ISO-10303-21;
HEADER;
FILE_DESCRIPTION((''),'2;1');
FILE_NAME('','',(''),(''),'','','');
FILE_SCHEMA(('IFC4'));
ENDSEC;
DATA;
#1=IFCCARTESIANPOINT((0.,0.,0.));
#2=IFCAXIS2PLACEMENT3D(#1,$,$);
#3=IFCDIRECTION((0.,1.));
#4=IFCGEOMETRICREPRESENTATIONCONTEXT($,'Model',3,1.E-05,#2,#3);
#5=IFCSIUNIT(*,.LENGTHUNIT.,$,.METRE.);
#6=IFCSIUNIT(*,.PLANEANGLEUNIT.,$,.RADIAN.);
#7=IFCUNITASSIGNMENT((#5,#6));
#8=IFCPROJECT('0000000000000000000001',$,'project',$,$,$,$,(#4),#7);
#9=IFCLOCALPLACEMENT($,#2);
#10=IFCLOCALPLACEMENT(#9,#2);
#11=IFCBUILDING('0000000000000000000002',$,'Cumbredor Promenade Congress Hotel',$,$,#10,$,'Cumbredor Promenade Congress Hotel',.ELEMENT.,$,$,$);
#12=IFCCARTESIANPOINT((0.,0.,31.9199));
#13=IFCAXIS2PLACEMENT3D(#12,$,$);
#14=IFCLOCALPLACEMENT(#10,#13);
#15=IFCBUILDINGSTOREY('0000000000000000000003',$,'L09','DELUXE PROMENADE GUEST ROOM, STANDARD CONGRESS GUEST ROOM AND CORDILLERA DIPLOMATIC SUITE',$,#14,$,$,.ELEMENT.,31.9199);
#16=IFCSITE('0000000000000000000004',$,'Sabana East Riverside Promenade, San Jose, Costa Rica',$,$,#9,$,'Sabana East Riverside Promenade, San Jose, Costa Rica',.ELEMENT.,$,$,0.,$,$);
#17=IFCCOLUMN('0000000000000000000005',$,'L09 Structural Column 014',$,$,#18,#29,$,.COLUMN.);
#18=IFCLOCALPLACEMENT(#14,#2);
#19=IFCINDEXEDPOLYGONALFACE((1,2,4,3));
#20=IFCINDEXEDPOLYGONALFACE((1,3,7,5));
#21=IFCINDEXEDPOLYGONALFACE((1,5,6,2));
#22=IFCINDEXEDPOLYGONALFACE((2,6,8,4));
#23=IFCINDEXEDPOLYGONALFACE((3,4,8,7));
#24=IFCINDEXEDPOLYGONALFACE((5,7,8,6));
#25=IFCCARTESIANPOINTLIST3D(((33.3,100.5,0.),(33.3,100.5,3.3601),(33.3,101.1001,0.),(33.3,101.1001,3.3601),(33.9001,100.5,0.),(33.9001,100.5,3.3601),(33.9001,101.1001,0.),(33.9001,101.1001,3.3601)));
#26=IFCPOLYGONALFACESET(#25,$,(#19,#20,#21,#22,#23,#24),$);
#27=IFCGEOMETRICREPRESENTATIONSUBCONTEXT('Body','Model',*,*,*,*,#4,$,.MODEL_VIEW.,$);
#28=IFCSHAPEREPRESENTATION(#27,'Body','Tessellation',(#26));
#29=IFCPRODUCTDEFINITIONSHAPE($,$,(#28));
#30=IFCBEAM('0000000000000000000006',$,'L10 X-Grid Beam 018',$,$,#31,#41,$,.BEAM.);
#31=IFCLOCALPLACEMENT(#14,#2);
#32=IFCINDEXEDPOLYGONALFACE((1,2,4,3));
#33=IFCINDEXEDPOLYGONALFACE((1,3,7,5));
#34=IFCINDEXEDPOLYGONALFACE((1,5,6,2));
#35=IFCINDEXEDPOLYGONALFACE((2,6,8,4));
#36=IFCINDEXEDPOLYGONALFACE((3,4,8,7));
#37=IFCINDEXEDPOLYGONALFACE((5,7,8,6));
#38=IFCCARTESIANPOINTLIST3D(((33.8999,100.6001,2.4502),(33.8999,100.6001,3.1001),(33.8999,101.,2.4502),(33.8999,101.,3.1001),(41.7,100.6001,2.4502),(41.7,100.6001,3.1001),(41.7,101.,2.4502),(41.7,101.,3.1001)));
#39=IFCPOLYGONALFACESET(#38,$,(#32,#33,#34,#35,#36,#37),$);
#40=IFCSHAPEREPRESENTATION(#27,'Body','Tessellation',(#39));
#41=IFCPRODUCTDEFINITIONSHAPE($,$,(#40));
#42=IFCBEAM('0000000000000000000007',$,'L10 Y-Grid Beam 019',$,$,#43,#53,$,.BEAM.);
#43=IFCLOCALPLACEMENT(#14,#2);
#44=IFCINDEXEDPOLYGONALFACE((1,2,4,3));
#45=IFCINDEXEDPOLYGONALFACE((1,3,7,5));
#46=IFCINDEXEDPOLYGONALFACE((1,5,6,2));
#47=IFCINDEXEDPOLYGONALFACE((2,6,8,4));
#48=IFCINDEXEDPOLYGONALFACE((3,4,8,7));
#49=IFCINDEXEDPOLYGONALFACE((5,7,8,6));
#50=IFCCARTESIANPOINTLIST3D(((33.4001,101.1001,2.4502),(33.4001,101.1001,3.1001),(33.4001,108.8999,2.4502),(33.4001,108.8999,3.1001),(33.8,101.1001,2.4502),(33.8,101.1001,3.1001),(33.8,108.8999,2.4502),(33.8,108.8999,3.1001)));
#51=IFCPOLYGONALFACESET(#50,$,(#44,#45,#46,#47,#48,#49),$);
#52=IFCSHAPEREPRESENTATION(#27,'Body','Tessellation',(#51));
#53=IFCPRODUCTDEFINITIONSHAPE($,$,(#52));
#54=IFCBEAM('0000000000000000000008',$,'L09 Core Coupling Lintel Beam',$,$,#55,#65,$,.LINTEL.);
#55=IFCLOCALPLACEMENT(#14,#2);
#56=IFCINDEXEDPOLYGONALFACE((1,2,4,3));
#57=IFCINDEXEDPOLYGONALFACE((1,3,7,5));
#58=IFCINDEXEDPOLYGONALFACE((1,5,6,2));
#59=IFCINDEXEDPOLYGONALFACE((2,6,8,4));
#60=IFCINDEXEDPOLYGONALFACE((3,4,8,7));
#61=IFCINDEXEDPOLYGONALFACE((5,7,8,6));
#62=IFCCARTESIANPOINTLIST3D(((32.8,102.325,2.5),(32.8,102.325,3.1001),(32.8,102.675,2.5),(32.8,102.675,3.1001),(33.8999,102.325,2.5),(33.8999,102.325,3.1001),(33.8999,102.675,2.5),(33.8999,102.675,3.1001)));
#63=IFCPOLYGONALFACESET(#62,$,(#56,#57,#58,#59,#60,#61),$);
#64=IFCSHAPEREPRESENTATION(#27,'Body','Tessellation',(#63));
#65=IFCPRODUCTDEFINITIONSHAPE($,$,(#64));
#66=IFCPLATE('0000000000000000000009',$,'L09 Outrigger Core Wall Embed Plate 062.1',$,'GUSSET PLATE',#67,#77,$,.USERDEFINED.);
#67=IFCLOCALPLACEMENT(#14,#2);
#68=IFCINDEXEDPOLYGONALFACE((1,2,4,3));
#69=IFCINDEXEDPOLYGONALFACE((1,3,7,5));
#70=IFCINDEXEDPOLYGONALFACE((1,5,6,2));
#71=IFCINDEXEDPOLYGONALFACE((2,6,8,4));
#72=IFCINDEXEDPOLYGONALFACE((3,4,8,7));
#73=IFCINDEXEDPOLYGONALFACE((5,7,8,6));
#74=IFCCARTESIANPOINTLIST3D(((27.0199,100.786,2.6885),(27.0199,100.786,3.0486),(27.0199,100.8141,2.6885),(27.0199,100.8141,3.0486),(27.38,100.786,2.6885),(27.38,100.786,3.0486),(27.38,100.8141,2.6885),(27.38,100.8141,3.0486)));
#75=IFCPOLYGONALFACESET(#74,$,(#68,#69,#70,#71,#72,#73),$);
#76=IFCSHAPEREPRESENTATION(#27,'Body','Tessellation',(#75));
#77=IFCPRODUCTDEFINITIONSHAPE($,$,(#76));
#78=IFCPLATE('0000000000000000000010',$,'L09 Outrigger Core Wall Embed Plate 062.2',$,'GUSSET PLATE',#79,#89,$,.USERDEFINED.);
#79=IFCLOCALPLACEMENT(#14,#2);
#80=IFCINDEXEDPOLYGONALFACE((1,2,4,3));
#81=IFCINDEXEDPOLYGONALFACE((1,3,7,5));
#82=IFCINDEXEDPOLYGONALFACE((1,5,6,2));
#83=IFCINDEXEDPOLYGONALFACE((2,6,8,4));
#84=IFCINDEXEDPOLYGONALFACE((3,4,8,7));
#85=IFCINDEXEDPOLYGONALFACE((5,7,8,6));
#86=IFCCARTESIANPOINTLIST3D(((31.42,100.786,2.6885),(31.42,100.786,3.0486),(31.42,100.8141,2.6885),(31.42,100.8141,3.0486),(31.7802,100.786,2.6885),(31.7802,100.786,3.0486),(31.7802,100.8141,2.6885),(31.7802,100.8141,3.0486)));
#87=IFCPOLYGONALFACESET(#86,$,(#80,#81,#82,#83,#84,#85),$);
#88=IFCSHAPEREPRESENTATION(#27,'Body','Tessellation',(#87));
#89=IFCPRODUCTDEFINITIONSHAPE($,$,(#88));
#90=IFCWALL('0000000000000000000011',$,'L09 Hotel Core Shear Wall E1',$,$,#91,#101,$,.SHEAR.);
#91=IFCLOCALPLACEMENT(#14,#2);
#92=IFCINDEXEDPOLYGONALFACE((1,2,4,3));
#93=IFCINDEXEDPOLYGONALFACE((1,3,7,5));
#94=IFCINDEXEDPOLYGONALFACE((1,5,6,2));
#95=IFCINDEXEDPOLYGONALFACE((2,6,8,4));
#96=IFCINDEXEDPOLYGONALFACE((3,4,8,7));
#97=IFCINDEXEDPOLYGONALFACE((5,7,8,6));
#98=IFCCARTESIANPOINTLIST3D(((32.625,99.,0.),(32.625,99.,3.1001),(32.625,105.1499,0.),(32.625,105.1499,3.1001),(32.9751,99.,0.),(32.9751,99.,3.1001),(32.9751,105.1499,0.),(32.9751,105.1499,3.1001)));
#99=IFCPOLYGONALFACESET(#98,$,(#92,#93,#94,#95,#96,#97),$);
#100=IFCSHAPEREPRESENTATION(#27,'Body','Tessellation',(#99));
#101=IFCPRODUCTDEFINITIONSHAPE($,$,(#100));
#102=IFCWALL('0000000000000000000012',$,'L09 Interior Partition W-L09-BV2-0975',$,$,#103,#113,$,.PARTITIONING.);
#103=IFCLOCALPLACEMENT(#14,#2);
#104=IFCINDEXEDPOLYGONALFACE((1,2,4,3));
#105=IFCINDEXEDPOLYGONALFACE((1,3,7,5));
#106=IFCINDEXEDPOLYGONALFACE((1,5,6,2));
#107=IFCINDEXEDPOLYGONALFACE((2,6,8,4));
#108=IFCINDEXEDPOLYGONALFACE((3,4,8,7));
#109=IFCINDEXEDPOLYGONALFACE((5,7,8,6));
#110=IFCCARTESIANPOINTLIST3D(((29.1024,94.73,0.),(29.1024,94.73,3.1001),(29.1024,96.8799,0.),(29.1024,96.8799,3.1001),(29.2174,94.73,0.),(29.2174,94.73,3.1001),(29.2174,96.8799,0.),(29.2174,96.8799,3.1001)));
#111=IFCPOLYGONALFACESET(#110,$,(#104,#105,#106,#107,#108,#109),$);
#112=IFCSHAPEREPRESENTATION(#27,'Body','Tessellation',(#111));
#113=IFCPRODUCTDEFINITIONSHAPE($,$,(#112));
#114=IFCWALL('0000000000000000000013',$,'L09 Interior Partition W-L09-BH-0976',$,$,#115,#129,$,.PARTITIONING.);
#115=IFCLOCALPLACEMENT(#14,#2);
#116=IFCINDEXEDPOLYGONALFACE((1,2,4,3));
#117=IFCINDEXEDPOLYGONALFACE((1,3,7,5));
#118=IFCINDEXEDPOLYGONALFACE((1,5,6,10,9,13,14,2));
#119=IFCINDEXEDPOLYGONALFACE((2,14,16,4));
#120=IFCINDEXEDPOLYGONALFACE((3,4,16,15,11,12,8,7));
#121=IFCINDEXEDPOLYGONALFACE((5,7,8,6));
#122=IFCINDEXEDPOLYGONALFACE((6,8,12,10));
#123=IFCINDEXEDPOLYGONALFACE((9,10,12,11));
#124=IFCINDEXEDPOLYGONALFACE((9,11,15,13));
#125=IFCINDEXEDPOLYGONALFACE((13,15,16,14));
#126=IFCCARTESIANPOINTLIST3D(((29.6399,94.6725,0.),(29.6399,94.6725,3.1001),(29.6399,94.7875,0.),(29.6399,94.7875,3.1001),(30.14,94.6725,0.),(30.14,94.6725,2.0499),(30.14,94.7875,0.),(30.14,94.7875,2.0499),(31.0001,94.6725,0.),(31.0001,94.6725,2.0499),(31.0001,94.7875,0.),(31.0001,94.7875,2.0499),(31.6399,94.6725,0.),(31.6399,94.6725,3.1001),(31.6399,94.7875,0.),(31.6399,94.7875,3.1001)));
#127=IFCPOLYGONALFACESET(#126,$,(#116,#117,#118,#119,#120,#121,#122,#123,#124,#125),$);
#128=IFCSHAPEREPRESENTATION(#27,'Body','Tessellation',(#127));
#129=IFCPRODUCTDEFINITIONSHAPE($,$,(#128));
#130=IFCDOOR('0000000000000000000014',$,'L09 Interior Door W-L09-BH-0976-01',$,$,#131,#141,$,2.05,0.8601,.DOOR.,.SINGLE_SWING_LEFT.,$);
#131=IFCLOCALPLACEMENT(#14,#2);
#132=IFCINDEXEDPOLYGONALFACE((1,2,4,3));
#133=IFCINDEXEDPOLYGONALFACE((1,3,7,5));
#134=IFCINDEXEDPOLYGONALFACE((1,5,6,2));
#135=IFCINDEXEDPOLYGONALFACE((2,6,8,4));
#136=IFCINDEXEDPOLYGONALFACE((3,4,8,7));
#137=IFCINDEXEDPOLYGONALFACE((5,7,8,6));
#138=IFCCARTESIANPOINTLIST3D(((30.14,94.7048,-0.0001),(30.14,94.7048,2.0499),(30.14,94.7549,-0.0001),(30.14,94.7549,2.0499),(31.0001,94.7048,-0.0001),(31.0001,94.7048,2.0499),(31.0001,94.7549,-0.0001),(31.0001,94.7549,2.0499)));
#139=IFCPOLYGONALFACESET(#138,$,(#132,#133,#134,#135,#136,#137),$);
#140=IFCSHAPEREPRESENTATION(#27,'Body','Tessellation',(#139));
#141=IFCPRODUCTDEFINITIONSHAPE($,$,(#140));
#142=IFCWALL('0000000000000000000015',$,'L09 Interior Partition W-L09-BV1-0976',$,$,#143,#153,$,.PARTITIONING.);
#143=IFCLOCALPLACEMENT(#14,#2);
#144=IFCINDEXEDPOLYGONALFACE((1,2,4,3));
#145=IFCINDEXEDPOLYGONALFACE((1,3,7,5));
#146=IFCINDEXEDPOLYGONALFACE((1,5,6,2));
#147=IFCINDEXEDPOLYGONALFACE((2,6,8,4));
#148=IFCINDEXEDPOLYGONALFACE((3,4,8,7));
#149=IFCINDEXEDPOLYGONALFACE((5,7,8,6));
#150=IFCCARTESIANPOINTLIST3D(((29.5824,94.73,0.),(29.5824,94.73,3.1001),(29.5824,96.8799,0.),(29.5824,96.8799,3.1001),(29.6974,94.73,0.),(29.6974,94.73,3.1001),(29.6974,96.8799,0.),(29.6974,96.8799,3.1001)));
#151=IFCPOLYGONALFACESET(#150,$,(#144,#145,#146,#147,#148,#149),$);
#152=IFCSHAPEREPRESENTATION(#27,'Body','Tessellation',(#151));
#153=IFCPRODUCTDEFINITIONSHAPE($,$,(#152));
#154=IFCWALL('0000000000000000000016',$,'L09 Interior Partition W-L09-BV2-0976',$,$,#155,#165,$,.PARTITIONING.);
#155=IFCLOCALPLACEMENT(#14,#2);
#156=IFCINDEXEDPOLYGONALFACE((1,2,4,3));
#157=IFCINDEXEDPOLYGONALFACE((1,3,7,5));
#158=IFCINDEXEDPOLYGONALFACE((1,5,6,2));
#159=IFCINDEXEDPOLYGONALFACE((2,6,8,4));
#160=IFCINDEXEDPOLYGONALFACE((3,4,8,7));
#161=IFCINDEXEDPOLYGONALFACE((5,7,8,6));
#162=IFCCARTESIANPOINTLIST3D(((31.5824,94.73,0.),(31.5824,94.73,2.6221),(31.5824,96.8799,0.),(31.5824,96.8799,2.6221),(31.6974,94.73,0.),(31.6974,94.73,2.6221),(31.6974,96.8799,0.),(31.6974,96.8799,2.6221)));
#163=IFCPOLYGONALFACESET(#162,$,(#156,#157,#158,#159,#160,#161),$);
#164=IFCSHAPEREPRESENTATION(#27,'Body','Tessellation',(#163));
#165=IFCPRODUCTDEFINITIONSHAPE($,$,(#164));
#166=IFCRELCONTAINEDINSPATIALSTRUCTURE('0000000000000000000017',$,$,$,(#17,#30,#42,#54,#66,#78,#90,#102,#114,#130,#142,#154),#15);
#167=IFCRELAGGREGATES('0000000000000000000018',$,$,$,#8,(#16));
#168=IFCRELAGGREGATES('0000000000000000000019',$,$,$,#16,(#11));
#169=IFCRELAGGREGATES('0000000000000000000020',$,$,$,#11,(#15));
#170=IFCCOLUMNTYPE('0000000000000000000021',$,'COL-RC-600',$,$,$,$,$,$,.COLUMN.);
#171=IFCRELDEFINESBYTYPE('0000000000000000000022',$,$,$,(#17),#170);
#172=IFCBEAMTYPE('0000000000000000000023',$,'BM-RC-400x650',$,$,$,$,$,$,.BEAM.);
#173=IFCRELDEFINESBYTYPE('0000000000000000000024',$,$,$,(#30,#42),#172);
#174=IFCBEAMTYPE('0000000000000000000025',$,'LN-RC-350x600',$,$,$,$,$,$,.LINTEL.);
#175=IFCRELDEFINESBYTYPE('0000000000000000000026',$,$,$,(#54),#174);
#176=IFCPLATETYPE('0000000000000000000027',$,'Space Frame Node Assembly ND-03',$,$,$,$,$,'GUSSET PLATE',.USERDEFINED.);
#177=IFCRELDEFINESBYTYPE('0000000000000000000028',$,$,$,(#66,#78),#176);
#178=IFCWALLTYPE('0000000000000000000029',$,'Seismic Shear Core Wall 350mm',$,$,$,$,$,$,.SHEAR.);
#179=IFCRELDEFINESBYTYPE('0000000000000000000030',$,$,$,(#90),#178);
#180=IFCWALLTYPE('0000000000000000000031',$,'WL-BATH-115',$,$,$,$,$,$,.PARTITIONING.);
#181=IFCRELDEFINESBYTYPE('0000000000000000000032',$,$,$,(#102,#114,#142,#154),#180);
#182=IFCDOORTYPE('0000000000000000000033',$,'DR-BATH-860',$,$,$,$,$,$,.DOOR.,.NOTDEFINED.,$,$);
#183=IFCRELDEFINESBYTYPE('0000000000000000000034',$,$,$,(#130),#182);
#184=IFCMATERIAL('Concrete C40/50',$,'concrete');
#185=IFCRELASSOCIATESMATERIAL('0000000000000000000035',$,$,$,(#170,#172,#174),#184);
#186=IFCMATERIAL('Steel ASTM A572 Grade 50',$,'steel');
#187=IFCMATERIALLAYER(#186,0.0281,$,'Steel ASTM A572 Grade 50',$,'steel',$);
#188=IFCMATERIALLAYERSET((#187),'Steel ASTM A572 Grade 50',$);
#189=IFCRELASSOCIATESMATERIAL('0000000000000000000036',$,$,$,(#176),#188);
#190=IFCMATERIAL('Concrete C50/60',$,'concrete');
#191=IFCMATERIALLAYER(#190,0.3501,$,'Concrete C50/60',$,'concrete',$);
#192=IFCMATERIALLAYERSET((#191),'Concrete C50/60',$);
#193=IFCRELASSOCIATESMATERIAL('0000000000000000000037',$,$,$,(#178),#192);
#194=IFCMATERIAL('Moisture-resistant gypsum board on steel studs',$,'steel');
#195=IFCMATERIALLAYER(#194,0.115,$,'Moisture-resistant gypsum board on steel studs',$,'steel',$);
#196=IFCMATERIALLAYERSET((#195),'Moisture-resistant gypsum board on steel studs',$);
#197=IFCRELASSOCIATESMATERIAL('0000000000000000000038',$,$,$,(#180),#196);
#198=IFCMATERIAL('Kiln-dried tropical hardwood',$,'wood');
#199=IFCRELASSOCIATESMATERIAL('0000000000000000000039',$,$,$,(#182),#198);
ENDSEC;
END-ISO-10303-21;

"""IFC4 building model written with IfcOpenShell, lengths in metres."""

from ifc_helpers import new_model, si_unit, direction, frame, frame_2d, origin, origin_2d, place, context, subcontext, project, spatial, rectangle, extrude, material, layer, layer_set, material_profile, profile_set, type_object, element, fill, save


model = new_model("IFC4")

# Units and contexts
model_context = context("Model", 3, precision=1e-05, world=origin(), true_north=direction((0.0, 1.0)))
body_context = subcontext(model_context, "Body", "Model", "MODEL_VIEW")
ifc_project = project(units=[si_unit("LENGTHUNIT", "METRE"), si_unit("PLANEANGLEUNIT", "RADIAN")], contexts=[model_context])

# Site, building, storey
site_placement = place(None, origin())
site = spatial("IfcSite", under=ifc_project, at=site_placement, Name="Sabana East Riverside Promenade, San Jose, Costa Rica", LongName="Sabana East Riverside Promenade, San Jose, Costa Rica", CompositionType="ELEMENT", RefElevation=0.0)
building_placement = place(site_placement, origin())
building = spatial("IfcBuilding", under=site, at=building_placement, Name="Cumbredor Promenade Congress Hotel", LongName="Cumbredor Promenade Congress Hotel", CompositionType="ELEMENT")
storey_placement = place(building_placement, frame((0.0, 0.0, 31.9199)))
storey = spatial("IfcBuildingStorey", under=building, at=storey_placement, Name="L09", Description="DELUXE PROMENADE GUEST ROOM, STANDARD CONGRESS GUEST ROOM AND CORDILLERA DIPLOMATIC SUITE", CompositionType="ELEMENT", Elevation=31.9199)

# Column
ifc_material_1 = material(Name="Concrete C40/50", Category="concrete")
ifc_material_profile_1 = material_profile(ifc_material_1, rectangle(XDim=0.6001, YDim=0.6001, at=origin_2d()), Name="RC 600x600")
ifc_profile_set_1 = profile_set([ifc_material_profile_1], Name="Concrete C40/50")
column_type = type_object("IfcColumnType", Name="COL-RC-600", PredefinedType="COLUMN", material=ifc_profile_set_1)
column_placement = place(storey_placement, frame((33.6001, 100.8, 0.0), z_axis=(0.0, 0.0, 1.0), x_axis=(1.0, 0.0, 0.0)))
element("IfcColumn", 1, at=column_placement, inside=storey, type_object=column_type, Name="L09 Structural Column 014", PredefinedType="COLUMN", context=body_context, shape_type="SweptSolid", body=[
    extrude(rectangle(XDim=0.6001, YDim=0.6001, at=origin_2d()), origin(), (0.0, 0.0, 1.0), 3.3601),
])

# Beams
ifc_material_profile_2 = material_profile(ifc_material_1, rectangle(XDim=0.3999, YDim=0.6499, at=origin_2d()), Name="RC BEAM 400x650")
ifc_profile_set_2 = profile_set([ifc_material_profile_2], Name="Concrete C40/50")
beam_type_1 = type_object("IfcBeamType", Name="BM-RC-400x650", PredefinedType="BEAM", material=ifc_profile_set_2)
beam_1_placement = place(storey_placement, frame((33.8999, 100.8, 2.7751), z_axis=(1.0, 0.0, 0.0), x_axis=(0.0, 1.0, 0.0)))
element("IfcBeam", 2, at=beam_1_placement, inside=storey, type_object=beam_type_1, Name="L10 X-Grid Beam 018", PredefinedType="BEAM", context=body_context, shape_type="SweptSolid", body=[
    extrude(rectangle(XDim=0.3999, YDim=0.6499, at=origin_2d()), origin(), (0.0, 0.0, 1.0), 7.8),
])
beam_2_placement = place(storey_placement, frame((33.6001, 101.1001, 2.7751), z_axis=(0.0, 1.0, 0.0), x_axis=(-1.0, 0.0, 0.0)))
element("IfcBeam", 3, at=beam_2_placement, inside=storey, type_object=beam_type_1, Name="L10 Y-Grid Beam 019", PredefinedType="BEAM", context=body_context, shape_type="SweptSolid", body=[
    extrude(rectangle(XDim=0.3999, YDim=0.6499, at=origin_2d()), origin(), (0.0, 0.0, 1.0), 7.7998),
])
ifc_material_profile_3 = material_profile(ifc_material_1, rectangle(XDim=0.3501, YDim=0.6001, at=origin_2d()), Name="RC LINTEL 350x600")
ifc_profile_set_3 = profile_set([ifc_material_profile_3], Name="Concrete C40/50")
beam_type_2 = type_object("IfcBeamType", Name="LN-RC-350x600", PredefinedType="LINTEL", material=ifc_profile_set_3)
beam_3_placement = place(storey_placement, frame((32.8, 102.5, 2.8), z_axis=(1.0, 0.0, 0.0), x_axis=(0.0, 1.0, 0.0)))
element("IfcBeam", 4, at=beam_3_placement, inside=storey, type_object=beam_type_2, Name="L09 Core Coupling Lintel Beam", PredefinedType="LINTEL", context=body_context, shape_type="SweptSolid", body=[
    extrude(rectangle(XDim=0.3501, YDim=0.6001, at=origin_2d()), origin(), (0.0, 0.0, 1.0), 1.0999),
])

# Plates
ifc_material_2 = material(Name="Steel ASTM A572 Grade 50", Category="steel")
ifc_layer_1 = layer(ifc_material_2, 0.0281, Name="Steel ASTM A572 Grade 50", Category="steel")
ifc_layer_set_1 = layer_set([ifc_layer_1], Name="Steel ASTM A572 Grade 50")
plate_type = type_object("IfcPlateType", Name="Space Frame Node Assembly ND-03", ElementType="GUSSET PLATE", PredefinedType="USERDEFINED", material=ifc_layer_set_1)
for number, where, z_axis, x_axis, name in (
    (5, (27.2, 100.8, 2.6885), (0.0, 0.0, 1.0), (1.0, 0.0, 0.0), "L09 Outrigger Core Wall Embed Plate 062.1"),
    (6, (31.6001, 100.8, 2.6885), (0.0, 0.0, 1.0), (1.0, 0.0, 0.0), "L09 Outrigger Core Wall Embed Plate 062.2"),
):
    element("IfcPlate", number, at=place(storey_placement, frame(where, z_axis=z_axis, x_axis=x_axis)), inside=storey, type_object=plate_type, Name=name, ObjectType="GUSSET PLATE", PredefinedType="USERDEFINED", context=body_context, shape_type="SweptSolid", body=[
        extrude(rectangle(XDim=0.3601, YDim=0.0281, at=origin_2d()), origin(), (0.0, 0.0, 1.0), 0.3601),
    ])

# Walls
ifc_material_3 = material(Name="Concrete C50/60", Category="concrete")
ifc_layer_2 = layer(ifc_material_3, 0.3501, Name="Concrete C50/60", Category="concrete")
ifc_layer_set_2 = layer_set([ifc_layer_2], Name="Concrete C50/60")
wall_type_1 = type_object("IfcWallType", Name="Seismic Shear Core Wall 350mm", PredefinedType="SHEAR", material=ifc_layer_set_2)
wall_1_placement = place(storey_placement, frame((32.8, 99.0, 0.0), z_axis=(0.0, 0.0, 1.0), x_axis=(0.0, 1.0, 0.0)))
element("IfcWall", 7, at=wall_1_placement, inside=storey, type_object=wall_type_1, Name="L09 Hotel Core Shear Wall E1", PredefinedType="SHEAR", context=body_context, shape_type="SweptSolid", body=[
    extrude(rectangle(XDim=6.1499, YDim=0.3501, at=frame_2d((3.075, 0.0))), origin(), (0.0, 0.0, 1.0), 3.1001),
])
ifc_material_4 = material(Name="Moisture-resistant gypsum board on steel studs", Category="steel")
ifc_layer_3 = layer(ifc_material_4, 0.115, Name="Moisture-resistant gypsum board on steel studs", Category="steel")
ifc_layer_set_3 = layer_set([ifc_layer_3], Name="Moisture-resistant gypsum board on steel studs")
wall_type_2 = type_object("IfcWallType", Name="WL-BATH-115", PredefinedType="PARTITIONING", material=ifc_layer_set_3)
wall_2_placement = place(storey_placement, frame((29.1599, 94.73, 0.0), z_axis=(0.0, 0.0, 1.0), x_axis=(0.0, 1.0, 0.0)))
element("IfcWall", 8, at=wall_2_placement, inside=storey, type_object=wall_type_2, Name="L09 Interior Partition W-L09-BV2-0975", PredefinedType="PARTITIONING", context=body_context, shape_type="SweptSolid", body=[
    extrude(rectangle(XDim=2.1499, YDim=0.115, at=frame_2d((1.075, 0.0))), origin(), (0.0, 0.0, 1.0), 3.1001),
])

# Wall, opening, door
wall_3_placement = place(storey_placement, frame((29.6399, 94.73, 0.0), z_axis=(0.0, 0.0, 1.0), x_axis=(1.0, 0.0, 0.0)))
wall_3 = element("IfcWall", 9, at=wall_3_placement, inside=storey, type_object=wall_type_2, Name="L09 Interior Partition W-L09-BH-0976", PredefinedType="PARTITIONING", context=body_context, shape_type="SweptSolid", body=[
    extrude(rectangle(XDim=2.0, YDim=0.115, at=frame_2d((1.0, 0.0))), origin(), (0.0, 0.0, 1.0), 3.1001),
])
opening_1_placement = place(wall_3_placement, frame((0.5, 0.0, 0.0)))
opening_1 = element("IfcOpeningElement", 10, at=opening_1_placement, cuts=wall_3, PredefinedType="OPENING", context=body_context, shape_type="SweptSolid", body=[
    extrude(rectangle(XDim=0.8601, YDim=2.05, at=frame_2d((0.4302, 1.0249))), frame((0.0, 0.0674, 0.0), z_axis=(0.0, -1.0, 0.0), x_axis=(1.0, 0.0, 0.0)), (0.0, 0.0, 1.0), 0.135),
])
ifc_material_5 = material(Name="Kiln-dried tropical hardwood", Category="wood")
door_type_1 = type_object("IfcDoorType", Name="DR-BATH-860", OperationType="NOTDEFINED", PredefinedType="DOOR", material=ifc_material_5)
door_1_placement = place(opening_1_placement, origin())
door_1 = element("IfcDoor", 11, at=door_1_placement, inside=storey, type_object=door_type_1, Name="L09 Interior Door W-L09-BH-0976-01", OperationType="SINGLE_SWING_LEFT", OverallHeight=2.05, OverallWidth=0.8601, PredefinedType="DOOR", context=body_context, shape_type="SweptSolid", body=[
    extrude(rectangle(XDim=0.8601, YDim=2.05, at=frame_2d((0.4302, 1.0249))), frame((0.0, 0.0249, 0.0), z_axis=(0.0, -1.0, 0.0), x_axis=(1.0, 0.0, 0.0)), (0.0, 0.0, 1.0), 0.05),
])
fill(opening_1, door_1)

# Walls
wall_4_placement = place(storey_placement, frame((29.6399, 94.73, 0.0), z_axis=(0.0, 0.0, 1.0), x_axis=(0.0, 1.0, 0.0)))
element("IfcWall", 12, at=wall_4_placement, inside=storey, type_object=wall_type_2, Name="L09 Interior Partition W-L09-BV1-0976", PredefinedType="PARTITIONING", context=body_context, shape_type="SweptSolid", body=[
    extrude(rectangle(XDim=2.1499, YDim=0.115, at=frame_2d((1.075, 0.0))), origin(), (0.0, 0.0, 1.0), 3.1001),
])
wall_5_placement = place(storey_placement, frame((31.6399, 94.73, 0.0), z_axis=(0.0, 0.0, 1.0), x_axis=(0.0, 1.0, 0.0)))
element("IfcWall", 13, at=wall_5_placement, inside=storey, type_object=wall_type_2, Name="L09 Interior Partition W-L09-BV2-0976", PredefinedType="PARTITIONING", context=body_context, shape_type="SweptSolid", body=[
    extrude(rectangle(XDim=2.1499, YDim=0.115, at=frame_2d((1.075, 0.0))), origin(), (0.0, 0.0, 1.0), 2.6221),
])

save(model, "model.ifc")
